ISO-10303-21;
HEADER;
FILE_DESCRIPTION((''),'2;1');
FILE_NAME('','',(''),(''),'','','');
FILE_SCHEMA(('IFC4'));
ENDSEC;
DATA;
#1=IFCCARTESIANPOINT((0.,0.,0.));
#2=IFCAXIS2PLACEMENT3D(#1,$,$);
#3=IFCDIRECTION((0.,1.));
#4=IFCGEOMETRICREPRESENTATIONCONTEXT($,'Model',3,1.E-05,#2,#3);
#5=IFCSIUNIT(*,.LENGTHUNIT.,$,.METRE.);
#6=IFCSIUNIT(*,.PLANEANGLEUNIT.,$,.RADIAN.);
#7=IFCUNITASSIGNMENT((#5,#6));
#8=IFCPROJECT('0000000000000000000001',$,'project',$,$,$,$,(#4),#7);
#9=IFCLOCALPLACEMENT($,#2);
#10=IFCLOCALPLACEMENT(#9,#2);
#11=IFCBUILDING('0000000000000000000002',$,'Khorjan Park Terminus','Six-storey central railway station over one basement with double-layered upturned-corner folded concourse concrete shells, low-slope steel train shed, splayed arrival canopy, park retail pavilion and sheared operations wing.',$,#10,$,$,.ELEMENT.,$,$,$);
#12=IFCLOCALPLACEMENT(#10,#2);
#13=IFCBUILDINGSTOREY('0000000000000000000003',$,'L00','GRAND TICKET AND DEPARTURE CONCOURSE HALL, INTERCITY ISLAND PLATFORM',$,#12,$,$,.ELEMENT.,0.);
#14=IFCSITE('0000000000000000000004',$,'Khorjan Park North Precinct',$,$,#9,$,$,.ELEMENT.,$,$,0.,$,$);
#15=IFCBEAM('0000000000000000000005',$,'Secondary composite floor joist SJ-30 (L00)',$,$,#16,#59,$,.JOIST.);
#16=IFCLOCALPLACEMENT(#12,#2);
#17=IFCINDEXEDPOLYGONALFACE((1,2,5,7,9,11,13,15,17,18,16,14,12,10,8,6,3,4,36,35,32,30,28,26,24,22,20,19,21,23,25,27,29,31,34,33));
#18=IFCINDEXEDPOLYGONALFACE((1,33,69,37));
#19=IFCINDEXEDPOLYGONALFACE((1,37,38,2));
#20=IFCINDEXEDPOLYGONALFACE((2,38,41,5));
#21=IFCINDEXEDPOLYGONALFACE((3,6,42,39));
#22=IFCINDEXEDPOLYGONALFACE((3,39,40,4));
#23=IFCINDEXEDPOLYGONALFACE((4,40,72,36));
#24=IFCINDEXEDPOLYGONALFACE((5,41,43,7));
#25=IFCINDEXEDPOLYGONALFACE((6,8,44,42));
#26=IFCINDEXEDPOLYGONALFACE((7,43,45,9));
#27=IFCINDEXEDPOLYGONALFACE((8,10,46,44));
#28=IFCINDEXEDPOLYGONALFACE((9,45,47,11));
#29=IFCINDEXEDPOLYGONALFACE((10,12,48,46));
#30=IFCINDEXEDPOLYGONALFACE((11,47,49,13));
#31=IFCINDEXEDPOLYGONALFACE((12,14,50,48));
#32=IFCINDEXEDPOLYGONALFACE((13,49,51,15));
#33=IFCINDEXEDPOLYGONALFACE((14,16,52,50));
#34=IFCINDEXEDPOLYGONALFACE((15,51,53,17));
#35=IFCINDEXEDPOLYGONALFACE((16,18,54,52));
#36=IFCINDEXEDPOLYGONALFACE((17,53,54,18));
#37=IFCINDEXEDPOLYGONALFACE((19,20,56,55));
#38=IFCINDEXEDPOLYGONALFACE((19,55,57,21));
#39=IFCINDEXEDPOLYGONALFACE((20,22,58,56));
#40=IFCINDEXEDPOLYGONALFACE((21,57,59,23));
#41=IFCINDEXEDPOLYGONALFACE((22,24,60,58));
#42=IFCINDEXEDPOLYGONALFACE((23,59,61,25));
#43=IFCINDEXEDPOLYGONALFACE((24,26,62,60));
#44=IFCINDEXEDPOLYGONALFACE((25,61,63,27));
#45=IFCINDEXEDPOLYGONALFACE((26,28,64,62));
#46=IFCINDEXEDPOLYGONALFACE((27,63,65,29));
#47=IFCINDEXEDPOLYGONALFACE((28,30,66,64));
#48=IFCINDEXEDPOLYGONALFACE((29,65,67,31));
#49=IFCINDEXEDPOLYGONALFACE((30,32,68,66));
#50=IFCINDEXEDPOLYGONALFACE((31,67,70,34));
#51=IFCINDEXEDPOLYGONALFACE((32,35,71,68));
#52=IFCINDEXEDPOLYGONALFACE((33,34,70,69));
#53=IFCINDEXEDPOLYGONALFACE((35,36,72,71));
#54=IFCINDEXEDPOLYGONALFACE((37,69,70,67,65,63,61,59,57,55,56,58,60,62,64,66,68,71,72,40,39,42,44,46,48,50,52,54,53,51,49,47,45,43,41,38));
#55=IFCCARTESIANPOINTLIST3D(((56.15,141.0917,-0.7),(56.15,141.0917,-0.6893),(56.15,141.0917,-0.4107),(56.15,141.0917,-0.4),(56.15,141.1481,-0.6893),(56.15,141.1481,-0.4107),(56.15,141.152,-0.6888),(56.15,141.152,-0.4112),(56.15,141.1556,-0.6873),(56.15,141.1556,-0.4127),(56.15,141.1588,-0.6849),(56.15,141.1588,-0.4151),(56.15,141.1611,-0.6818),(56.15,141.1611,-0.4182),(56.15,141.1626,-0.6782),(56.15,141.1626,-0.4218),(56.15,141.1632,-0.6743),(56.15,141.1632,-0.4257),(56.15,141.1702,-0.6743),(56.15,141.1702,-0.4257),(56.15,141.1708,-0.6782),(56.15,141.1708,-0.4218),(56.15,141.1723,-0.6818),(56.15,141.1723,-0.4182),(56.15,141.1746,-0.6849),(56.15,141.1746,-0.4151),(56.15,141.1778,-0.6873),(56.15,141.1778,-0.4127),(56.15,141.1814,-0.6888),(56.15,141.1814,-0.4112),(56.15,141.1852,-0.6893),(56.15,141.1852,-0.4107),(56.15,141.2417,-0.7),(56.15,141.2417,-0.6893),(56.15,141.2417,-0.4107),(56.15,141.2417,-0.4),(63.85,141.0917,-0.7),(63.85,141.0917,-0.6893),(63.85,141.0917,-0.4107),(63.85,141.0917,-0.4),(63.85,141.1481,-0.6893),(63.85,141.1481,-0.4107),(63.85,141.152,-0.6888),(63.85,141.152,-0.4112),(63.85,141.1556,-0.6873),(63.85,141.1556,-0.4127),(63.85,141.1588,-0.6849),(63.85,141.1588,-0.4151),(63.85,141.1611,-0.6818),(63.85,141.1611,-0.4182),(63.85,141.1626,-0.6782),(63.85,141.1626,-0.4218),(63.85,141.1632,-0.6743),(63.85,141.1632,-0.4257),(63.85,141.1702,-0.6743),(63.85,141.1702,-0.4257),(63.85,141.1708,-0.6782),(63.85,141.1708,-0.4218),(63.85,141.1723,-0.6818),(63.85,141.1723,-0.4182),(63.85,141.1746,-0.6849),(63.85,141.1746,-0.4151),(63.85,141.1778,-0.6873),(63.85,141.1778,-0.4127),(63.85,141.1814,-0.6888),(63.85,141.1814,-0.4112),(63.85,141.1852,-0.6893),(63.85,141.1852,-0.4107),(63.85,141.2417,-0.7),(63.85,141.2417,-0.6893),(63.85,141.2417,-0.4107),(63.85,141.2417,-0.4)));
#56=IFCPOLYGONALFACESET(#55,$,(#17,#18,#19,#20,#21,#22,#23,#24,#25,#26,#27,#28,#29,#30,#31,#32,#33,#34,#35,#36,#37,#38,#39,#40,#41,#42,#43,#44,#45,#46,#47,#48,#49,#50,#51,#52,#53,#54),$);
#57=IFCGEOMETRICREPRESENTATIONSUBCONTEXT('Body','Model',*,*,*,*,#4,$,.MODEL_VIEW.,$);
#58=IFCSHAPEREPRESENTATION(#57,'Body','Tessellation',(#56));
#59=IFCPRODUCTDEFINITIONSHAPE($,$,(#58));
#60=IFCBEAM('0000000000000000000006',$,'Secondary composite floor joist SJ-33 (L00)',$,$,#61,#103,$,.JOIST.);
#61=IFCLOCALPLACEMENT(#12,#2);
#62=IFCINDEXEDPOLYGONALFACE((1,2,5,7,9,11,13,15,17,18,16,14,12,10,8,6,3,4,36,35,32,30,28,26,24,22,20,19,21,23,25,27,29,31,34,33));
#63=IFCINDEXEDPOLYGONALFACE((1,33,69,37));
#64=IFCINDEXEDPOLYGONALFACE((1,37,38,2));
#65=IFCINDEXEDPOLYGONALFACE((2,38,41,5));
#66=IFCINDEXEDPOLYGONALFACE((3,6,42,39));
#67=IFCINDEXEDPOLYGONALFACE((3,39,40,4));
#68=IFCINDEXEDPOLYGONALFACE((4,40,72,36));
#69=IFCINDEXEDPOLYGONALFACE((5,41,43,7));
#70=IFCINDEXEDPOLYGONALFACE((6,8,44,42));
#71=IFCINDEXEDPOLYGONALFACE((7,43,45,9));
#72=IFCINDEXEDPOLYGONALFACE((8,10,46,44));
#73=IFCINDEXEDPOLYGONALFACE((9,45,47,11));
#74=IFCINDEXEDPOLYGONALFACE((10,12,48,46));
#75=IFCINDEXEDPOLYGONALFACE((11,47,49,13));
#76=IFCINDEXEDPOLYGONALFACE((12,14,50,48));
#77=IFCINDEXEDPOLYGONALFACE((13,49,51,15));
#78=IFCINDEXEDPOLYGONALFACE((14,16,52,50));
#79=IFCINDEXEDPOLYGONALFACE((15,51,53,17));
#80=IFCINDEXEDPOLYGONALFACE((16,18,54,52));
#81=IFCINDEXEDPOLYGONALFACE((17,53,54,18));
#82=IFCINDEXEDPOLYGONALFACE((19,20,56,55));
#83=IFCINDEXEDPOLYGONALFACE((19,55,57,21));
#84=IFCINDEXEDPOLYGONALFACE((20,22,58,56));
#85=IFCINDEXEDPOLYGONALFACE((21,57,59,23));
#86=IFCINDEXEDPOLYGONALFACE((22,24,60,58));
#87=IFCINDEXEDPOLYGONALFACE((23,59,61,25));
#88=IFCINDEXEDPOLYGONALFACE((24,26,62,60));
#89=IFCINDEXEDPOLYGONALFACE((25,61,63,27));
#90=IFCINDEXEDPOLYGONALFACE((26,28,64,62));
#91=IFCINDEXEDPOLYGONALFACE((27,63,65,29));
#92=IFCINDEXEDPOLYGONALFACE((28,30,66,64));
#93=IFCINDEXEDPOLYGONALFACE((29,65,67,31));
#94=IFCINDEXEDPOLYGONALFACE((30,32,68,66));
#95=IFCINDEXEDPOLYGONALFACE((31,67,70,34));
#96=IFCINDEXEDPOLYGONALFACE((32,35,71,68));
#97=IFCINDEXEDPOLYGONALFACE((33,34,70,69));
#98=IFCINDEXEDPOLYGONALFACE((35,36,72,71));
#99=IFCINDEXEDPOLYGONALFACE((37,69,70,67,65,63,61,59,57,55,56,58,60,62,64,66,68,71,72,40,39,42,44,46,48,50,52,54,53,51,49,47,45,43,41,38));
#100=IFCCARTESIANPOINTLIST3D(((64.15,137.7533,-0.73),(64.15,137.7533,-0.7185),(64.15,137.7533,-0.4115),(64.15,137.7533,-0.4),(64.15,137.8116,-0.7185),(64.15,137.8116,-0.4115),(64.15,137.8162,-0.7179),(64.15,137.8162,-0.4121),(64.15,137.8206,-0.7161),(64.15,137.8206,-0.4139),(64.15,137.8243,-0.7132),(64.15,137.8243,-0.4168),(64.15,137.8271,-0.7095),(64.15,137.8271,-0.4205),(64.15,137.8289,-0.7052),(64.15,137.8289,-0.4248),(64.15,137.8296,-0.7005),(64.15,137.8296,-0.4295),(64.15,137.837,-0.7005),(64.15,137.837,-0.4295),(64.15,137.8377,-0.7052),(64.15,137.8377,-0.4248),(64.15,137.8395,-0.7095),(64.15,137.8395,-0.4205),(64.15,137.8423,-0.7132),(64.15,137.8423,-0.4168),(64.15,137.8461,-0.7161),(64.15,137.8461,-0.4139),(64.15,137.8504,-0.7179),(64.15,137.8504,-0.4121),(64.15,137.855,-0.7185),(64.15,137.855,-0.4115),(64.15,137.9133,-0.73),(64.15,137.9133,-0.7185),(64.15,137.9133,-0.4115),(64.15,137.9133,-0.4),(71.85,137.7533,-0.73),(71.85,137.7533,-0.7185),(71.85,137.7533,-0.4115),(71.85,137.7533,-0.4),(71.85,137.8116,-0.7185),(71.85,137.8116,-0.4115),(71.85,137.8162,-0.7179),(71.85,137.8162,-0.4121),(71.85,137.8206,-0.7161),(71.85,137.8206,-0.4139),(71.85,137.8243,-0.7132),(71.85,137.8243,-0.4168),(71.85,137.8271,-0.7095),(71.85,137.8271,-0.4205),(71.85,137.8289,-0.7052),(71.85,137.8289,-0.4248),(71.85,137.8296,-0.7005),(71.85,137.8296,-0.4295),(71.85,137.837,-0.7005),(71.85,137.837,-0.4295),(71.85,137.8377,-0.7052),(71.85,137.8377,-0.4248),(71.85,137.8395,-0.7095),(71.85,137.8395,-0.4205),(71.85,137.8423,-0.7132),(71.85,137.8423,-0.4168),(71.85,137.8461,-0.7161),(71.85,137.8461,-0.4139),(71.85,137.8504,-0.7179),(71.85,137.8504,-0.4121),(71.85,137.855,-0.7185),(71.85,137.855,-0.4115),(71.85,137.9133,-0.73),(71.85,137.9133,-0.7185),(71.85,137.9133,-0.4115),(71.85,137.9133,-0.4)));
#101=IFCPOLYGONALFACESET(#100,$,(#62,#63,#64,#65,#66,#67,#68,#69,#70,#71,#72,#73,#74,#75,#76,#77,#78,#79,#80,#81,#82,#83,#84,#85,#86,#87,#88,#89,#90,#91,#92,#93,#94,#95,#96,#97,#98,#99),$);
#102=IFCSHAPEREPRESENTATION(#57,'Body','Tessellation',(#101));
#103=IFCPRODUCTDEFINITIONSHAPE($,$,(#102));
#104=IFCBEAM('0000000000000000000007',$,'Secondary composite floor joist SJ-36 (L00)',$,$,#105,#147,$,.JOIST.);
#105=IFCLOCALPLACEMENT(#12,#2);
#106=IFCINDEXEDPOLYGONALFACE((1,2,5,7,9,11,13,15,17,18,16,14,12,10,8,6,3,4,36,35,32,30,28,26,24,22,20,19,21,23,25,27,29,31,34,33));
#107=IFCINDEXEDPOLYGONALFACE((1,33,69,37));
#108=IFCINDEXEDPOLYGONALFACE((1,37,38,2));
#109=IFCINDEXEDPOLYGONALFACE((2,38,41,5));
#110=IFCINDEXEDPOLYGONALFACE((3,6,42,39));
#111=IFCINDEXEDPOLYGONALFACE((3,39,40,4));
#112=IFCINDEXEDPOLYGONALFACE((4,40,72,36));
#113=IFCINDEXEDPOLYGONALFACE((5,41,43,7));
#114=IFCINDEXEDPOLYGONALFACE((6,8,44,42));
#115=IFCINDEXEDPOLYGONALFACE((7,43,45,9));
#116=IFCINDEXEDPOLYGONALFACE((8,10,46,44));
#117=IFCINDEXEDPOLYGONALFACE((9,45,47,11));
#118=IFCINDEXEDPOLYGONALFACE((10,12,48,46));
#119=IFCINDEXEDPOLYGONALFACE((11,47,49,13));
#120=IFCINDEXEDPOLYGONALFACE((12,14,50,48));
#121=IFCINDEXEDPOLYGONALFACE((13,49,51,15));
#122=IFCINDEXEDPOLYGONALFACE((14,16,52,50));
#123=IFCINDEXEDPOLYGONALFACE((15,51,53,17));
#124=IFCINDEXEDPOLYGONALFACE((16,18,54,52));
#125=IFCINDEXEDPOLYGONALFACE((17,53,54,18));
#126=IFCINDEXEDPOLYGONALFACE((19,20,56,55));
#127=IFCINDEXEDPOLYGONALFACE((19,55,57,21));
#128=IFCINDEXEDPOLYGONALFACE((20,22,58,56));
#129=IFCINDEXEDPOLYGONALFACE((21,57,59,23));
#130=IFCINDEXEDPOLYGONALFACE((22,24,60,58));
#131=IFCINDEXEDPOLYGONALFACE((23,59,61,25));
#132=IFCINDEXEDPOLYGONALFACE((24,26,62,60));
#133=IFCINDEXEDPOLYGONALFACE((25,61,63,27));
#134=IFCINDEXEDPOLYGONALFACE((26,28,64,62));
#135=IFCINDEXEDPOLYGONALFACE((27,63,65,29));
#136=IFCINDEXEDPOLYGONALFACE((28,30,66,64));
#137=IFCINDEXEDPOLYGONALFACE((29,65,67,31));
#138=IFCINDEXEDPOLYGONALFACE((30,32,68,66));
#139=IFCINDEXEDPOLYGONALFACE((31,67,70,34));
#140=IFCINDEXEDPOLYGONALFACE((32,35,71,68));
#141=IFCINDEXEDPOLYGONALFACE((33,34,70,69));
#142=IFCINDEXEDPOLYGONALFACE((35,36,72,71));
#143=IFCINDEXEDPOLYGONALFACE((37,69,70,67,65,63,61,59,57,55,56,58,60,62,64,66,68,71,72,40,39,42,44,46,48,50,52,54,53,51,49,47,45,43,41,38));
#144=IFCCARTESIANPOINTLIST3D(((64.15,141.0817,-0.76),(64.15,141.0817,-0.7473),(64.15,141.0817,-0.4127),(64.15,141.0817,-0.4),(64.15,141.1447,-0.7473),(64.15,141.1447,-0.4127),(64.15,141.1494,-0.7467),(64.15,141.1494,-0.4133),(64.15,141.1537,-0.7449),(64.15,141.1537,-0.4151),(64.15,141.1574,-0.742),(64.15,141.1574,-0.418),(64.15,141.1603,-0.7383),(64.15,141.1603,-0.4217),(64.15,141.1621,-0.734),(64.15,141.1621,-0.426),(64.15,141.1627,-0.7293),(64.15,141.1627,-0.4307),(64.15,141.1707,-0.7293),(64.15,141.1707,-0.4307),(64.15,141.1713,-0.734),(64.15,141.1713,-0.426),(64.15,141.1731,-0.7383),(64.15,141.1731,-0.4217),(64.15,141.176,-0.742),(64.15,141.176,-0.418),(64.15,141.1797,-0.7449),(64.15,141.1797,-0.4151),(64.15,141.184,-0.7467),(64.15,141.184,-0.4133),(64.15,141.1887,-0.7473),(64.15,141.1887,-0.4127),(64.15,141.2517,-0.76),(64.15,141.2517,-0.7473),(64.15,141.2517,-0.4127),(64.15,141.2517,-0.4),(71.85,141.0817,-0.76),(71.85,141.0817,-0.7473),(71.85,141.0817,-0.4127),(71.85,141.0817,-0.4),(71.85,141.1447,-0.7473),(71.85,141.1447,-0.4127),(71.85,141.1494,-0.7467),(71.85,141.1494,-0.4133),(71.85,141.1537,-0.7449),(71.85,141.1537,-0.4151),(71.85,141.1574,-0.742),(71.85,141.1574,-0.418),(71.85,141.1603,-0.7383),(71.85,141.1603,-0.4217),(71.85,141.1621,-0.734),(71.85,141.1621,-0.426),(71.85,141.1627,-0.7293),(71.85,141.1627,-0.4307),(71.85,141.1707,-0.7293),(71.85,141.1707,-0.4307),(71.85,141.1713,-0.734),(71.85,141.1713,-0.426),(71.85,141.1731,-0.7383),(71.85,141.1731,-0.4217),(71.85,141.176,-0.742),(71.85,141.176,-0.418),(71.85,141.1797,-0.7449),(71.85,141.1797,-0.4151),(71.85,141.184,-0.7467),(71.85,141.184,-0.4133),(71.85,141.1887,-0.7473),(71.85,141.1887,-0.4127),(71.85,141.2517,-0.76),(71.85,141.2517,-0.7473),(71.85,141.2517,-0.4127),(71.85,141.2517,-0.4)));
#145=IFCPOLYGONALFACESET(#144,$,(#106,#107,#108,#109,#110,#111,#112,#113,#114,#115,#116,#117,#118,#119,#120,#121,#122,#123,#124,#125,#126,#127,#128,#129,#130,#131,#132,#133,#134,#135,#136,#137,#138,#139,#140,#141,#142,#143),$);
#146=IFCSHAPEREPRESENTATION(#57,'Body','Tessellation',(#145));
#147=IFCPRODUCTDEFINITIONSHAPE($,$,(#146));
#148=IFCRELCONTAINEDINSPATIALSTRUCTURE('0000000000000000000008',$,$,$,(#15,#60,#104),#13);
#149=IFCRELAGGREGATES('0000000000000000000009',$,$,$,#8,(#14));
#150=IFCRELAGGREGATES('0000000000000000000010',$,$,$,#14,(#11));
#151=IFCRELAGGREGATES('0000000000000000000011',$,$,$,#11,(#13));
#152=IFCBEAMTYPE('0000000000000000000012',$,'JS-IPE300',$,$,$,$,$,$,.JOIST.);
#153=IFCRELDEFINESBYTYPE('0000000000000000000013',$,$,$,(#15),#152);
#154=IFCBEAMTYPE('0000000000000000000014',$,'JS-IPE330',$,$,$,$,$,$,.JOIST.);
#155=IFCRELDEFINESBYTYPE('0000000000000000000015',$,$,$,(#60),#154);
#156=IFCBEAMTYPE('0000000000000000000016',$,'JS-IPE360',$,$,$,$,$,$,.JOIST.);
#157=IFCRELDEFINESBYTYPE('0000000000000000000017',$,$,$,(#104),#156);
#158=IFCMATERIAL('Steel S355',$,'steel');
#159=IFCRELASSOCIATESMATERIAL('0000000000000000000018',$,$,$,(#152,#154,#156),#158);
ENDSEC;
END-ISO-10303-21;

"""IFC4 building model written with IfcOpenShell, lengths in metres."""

from ifc_helpers import new_model, si_unit, direction, frame, origin, origin_2d, place, context, subcontext, project, spatial, i_section, extrude, material, material_profile, profile_set, type_object, element, save


model = new_model("IFC4")

# Units and contexts
model_context = context("Model", 3, precision=1e-05, world=origin(), true_north=direction((0.0, 1.0)))
body_context = subcontext(model_context, "Body", "Model", "MODEL_VIEW")
ifc_project = project(units=[si_unit("LENGTHUNIT", "METRE"), si_unit("PLANEANGLEUNIT", "RADIAN")], contexts=[model_context])

# Site, building, storey
site_placement = place(None, origin())
site = spatial("IfcSite", under=ifc_project, at=site_placement, Name="Khorjan Park North Precinct", CompositionType="ELEMENT", RefElevation=0.0)
building_placement = place(site_placement, origin())
building = spatial("IfcBuilding", under=site, at=building_placement, Name="Khorjan Park Terminus", Description="Six-storey central railway station over one basement with double-layered upturned-corner folded concourse concrete shells, low-slope steel train shed, splayed arrival canopy, park retail pavilion and sheared operations wing.", CompositionType="ELEMENT")
storey_placement = place(building_placement, origin())
storey = spatial("IfcBuildingStorey", under=building, at=storey_placement, Name="L00", Description="GRAND TICKET AND DEPARTURE CONCOURSE HALL, INTERCITY ISLAND PLATFORM", CompositionType="ELEMENT", Elevation=0.0)

# Shared definitions
ifc_material_1 = material(Name="Steel S355", Category="steel")

# Beams
ifc_material_profile_1 = material_profile(ifc_material_1, i_section(OverallWidth=0.15, OverallDepth=0.3, WebThickness=0.0071, FlangeThickness=0.0107, FilletRadius=0.015, at=origin_2d()), Name="IPE 300")
ifc_profile_set_1 = profile_set([ifc_material_profile_1], Name="Steel S355")
beam_type_1 = type_object("IfcBeamType", Name="JS-IPE300", PredefinedType="JOIST", material=ifc_profile_set_1)
beam_1_placement = place(storey_placement, frame((56.15, 141.1667, -0.55), z_axis=(1.0, 0.0, 0.0), x_axis=(0.0, 1.0, 0.0)))
element("IfcBeam", 1, at=beam_1_placement, inside=storey, type_object=beam_type_1, Name="Secondary composite floor joist SJ-30 (L00)", PredefinedType="JOIST", context=body_context, shape_type="SweptSolid", body=[
    extrude(i_section(OverallWidth=0.15, OverallDepth=0.3, WebThickness=0.0071, FlangeThickness=0.0107, FilletRadius=0.015, at=origin_2d()), origin(), (0.0, 0.0, 1.0), 7.7),
])
ifc_material_profile_2 = material_profile(ifc_material_1, i_section(OverallWidth=0.16, OverallDepth=0.33, WebThickness=0.0075, FlangeThickness=0.0115, FilletRadius=0.018, at=origin_2d()), Name="IPE 330")
ifc_profile_set_2 = profile_set([ifc_material_profile_2], Name="Steel S355")
beam_type_2 = type_object("IfcBeamType", Name="JS-IPE330", PredefinedType="JOIST", material=ifc_profile_set_2)
beam_2_placement = place(storey_placement, frame((64.15, 137.8333, -0.565), z_axis=(1.0, 0.0, 0.0), x_axis=(0.0, 1.0, 0.0)))
element("IfcBeam", 2, at=beam_2_placement, inside=storey, type_object=beam_type_2, Name="Secondary composite floor joist SJ-33 (L00)", PredefinedType="JOIST", context=body_context, shape_type="SweptSolid", body=[
    extrude(i_section(OverallWidth=0.16, OverallDepth=0.33, WebThickness=0.0075, FlangeThickness=0.0115, FilletRadius=0.018, at=origin_2d()), origin(), (0.0, 0.0, 1.0), 7.7),
])
ifc_material_profile_3 = material_profile(ifc_material_1, i_section(OverallWidth=0.17, OverallDepth=0.36, WebThickness=0.008, FlangeThickness=0.0127, FilletRadius=0.018, at=origin_2d()), Name="IPE 360")
ifc_profile_set_3 = profile_set([ifc_material_profile_3], Name="Steel S355")
beam_type_3 = type_object("IfcBeamType", Name="JS-IPE360", PredefinedType="JOIST", material=ifc_profile_set_3)
beam_3_placement = place(storey_placement, frame((64.15, 141.1667, -0.58), z_axis=(1.0, 0.0, 0.0), x_axis=(0.0, 1.0, 0.0)))
element("IfcBeam", 3, at=beam_3_placement, inside=storey, type_object=beam_type_3, Name="Secondary composite floor joist SJ-36 (L00)", PredefinedType="JOIST", context=body_context, shape_type="SweptSolid", body=[
    extrude(i_section(OverallWidth=0.17, OverallDepth=0.36, WebThickness=0.008, FlangeThickness=0.0127, FilletRadius=0.018, at=origin_2d()), origin(), (0.0, 0.0, 1.0), 7.7),
])

save(model, "model.ifc")
